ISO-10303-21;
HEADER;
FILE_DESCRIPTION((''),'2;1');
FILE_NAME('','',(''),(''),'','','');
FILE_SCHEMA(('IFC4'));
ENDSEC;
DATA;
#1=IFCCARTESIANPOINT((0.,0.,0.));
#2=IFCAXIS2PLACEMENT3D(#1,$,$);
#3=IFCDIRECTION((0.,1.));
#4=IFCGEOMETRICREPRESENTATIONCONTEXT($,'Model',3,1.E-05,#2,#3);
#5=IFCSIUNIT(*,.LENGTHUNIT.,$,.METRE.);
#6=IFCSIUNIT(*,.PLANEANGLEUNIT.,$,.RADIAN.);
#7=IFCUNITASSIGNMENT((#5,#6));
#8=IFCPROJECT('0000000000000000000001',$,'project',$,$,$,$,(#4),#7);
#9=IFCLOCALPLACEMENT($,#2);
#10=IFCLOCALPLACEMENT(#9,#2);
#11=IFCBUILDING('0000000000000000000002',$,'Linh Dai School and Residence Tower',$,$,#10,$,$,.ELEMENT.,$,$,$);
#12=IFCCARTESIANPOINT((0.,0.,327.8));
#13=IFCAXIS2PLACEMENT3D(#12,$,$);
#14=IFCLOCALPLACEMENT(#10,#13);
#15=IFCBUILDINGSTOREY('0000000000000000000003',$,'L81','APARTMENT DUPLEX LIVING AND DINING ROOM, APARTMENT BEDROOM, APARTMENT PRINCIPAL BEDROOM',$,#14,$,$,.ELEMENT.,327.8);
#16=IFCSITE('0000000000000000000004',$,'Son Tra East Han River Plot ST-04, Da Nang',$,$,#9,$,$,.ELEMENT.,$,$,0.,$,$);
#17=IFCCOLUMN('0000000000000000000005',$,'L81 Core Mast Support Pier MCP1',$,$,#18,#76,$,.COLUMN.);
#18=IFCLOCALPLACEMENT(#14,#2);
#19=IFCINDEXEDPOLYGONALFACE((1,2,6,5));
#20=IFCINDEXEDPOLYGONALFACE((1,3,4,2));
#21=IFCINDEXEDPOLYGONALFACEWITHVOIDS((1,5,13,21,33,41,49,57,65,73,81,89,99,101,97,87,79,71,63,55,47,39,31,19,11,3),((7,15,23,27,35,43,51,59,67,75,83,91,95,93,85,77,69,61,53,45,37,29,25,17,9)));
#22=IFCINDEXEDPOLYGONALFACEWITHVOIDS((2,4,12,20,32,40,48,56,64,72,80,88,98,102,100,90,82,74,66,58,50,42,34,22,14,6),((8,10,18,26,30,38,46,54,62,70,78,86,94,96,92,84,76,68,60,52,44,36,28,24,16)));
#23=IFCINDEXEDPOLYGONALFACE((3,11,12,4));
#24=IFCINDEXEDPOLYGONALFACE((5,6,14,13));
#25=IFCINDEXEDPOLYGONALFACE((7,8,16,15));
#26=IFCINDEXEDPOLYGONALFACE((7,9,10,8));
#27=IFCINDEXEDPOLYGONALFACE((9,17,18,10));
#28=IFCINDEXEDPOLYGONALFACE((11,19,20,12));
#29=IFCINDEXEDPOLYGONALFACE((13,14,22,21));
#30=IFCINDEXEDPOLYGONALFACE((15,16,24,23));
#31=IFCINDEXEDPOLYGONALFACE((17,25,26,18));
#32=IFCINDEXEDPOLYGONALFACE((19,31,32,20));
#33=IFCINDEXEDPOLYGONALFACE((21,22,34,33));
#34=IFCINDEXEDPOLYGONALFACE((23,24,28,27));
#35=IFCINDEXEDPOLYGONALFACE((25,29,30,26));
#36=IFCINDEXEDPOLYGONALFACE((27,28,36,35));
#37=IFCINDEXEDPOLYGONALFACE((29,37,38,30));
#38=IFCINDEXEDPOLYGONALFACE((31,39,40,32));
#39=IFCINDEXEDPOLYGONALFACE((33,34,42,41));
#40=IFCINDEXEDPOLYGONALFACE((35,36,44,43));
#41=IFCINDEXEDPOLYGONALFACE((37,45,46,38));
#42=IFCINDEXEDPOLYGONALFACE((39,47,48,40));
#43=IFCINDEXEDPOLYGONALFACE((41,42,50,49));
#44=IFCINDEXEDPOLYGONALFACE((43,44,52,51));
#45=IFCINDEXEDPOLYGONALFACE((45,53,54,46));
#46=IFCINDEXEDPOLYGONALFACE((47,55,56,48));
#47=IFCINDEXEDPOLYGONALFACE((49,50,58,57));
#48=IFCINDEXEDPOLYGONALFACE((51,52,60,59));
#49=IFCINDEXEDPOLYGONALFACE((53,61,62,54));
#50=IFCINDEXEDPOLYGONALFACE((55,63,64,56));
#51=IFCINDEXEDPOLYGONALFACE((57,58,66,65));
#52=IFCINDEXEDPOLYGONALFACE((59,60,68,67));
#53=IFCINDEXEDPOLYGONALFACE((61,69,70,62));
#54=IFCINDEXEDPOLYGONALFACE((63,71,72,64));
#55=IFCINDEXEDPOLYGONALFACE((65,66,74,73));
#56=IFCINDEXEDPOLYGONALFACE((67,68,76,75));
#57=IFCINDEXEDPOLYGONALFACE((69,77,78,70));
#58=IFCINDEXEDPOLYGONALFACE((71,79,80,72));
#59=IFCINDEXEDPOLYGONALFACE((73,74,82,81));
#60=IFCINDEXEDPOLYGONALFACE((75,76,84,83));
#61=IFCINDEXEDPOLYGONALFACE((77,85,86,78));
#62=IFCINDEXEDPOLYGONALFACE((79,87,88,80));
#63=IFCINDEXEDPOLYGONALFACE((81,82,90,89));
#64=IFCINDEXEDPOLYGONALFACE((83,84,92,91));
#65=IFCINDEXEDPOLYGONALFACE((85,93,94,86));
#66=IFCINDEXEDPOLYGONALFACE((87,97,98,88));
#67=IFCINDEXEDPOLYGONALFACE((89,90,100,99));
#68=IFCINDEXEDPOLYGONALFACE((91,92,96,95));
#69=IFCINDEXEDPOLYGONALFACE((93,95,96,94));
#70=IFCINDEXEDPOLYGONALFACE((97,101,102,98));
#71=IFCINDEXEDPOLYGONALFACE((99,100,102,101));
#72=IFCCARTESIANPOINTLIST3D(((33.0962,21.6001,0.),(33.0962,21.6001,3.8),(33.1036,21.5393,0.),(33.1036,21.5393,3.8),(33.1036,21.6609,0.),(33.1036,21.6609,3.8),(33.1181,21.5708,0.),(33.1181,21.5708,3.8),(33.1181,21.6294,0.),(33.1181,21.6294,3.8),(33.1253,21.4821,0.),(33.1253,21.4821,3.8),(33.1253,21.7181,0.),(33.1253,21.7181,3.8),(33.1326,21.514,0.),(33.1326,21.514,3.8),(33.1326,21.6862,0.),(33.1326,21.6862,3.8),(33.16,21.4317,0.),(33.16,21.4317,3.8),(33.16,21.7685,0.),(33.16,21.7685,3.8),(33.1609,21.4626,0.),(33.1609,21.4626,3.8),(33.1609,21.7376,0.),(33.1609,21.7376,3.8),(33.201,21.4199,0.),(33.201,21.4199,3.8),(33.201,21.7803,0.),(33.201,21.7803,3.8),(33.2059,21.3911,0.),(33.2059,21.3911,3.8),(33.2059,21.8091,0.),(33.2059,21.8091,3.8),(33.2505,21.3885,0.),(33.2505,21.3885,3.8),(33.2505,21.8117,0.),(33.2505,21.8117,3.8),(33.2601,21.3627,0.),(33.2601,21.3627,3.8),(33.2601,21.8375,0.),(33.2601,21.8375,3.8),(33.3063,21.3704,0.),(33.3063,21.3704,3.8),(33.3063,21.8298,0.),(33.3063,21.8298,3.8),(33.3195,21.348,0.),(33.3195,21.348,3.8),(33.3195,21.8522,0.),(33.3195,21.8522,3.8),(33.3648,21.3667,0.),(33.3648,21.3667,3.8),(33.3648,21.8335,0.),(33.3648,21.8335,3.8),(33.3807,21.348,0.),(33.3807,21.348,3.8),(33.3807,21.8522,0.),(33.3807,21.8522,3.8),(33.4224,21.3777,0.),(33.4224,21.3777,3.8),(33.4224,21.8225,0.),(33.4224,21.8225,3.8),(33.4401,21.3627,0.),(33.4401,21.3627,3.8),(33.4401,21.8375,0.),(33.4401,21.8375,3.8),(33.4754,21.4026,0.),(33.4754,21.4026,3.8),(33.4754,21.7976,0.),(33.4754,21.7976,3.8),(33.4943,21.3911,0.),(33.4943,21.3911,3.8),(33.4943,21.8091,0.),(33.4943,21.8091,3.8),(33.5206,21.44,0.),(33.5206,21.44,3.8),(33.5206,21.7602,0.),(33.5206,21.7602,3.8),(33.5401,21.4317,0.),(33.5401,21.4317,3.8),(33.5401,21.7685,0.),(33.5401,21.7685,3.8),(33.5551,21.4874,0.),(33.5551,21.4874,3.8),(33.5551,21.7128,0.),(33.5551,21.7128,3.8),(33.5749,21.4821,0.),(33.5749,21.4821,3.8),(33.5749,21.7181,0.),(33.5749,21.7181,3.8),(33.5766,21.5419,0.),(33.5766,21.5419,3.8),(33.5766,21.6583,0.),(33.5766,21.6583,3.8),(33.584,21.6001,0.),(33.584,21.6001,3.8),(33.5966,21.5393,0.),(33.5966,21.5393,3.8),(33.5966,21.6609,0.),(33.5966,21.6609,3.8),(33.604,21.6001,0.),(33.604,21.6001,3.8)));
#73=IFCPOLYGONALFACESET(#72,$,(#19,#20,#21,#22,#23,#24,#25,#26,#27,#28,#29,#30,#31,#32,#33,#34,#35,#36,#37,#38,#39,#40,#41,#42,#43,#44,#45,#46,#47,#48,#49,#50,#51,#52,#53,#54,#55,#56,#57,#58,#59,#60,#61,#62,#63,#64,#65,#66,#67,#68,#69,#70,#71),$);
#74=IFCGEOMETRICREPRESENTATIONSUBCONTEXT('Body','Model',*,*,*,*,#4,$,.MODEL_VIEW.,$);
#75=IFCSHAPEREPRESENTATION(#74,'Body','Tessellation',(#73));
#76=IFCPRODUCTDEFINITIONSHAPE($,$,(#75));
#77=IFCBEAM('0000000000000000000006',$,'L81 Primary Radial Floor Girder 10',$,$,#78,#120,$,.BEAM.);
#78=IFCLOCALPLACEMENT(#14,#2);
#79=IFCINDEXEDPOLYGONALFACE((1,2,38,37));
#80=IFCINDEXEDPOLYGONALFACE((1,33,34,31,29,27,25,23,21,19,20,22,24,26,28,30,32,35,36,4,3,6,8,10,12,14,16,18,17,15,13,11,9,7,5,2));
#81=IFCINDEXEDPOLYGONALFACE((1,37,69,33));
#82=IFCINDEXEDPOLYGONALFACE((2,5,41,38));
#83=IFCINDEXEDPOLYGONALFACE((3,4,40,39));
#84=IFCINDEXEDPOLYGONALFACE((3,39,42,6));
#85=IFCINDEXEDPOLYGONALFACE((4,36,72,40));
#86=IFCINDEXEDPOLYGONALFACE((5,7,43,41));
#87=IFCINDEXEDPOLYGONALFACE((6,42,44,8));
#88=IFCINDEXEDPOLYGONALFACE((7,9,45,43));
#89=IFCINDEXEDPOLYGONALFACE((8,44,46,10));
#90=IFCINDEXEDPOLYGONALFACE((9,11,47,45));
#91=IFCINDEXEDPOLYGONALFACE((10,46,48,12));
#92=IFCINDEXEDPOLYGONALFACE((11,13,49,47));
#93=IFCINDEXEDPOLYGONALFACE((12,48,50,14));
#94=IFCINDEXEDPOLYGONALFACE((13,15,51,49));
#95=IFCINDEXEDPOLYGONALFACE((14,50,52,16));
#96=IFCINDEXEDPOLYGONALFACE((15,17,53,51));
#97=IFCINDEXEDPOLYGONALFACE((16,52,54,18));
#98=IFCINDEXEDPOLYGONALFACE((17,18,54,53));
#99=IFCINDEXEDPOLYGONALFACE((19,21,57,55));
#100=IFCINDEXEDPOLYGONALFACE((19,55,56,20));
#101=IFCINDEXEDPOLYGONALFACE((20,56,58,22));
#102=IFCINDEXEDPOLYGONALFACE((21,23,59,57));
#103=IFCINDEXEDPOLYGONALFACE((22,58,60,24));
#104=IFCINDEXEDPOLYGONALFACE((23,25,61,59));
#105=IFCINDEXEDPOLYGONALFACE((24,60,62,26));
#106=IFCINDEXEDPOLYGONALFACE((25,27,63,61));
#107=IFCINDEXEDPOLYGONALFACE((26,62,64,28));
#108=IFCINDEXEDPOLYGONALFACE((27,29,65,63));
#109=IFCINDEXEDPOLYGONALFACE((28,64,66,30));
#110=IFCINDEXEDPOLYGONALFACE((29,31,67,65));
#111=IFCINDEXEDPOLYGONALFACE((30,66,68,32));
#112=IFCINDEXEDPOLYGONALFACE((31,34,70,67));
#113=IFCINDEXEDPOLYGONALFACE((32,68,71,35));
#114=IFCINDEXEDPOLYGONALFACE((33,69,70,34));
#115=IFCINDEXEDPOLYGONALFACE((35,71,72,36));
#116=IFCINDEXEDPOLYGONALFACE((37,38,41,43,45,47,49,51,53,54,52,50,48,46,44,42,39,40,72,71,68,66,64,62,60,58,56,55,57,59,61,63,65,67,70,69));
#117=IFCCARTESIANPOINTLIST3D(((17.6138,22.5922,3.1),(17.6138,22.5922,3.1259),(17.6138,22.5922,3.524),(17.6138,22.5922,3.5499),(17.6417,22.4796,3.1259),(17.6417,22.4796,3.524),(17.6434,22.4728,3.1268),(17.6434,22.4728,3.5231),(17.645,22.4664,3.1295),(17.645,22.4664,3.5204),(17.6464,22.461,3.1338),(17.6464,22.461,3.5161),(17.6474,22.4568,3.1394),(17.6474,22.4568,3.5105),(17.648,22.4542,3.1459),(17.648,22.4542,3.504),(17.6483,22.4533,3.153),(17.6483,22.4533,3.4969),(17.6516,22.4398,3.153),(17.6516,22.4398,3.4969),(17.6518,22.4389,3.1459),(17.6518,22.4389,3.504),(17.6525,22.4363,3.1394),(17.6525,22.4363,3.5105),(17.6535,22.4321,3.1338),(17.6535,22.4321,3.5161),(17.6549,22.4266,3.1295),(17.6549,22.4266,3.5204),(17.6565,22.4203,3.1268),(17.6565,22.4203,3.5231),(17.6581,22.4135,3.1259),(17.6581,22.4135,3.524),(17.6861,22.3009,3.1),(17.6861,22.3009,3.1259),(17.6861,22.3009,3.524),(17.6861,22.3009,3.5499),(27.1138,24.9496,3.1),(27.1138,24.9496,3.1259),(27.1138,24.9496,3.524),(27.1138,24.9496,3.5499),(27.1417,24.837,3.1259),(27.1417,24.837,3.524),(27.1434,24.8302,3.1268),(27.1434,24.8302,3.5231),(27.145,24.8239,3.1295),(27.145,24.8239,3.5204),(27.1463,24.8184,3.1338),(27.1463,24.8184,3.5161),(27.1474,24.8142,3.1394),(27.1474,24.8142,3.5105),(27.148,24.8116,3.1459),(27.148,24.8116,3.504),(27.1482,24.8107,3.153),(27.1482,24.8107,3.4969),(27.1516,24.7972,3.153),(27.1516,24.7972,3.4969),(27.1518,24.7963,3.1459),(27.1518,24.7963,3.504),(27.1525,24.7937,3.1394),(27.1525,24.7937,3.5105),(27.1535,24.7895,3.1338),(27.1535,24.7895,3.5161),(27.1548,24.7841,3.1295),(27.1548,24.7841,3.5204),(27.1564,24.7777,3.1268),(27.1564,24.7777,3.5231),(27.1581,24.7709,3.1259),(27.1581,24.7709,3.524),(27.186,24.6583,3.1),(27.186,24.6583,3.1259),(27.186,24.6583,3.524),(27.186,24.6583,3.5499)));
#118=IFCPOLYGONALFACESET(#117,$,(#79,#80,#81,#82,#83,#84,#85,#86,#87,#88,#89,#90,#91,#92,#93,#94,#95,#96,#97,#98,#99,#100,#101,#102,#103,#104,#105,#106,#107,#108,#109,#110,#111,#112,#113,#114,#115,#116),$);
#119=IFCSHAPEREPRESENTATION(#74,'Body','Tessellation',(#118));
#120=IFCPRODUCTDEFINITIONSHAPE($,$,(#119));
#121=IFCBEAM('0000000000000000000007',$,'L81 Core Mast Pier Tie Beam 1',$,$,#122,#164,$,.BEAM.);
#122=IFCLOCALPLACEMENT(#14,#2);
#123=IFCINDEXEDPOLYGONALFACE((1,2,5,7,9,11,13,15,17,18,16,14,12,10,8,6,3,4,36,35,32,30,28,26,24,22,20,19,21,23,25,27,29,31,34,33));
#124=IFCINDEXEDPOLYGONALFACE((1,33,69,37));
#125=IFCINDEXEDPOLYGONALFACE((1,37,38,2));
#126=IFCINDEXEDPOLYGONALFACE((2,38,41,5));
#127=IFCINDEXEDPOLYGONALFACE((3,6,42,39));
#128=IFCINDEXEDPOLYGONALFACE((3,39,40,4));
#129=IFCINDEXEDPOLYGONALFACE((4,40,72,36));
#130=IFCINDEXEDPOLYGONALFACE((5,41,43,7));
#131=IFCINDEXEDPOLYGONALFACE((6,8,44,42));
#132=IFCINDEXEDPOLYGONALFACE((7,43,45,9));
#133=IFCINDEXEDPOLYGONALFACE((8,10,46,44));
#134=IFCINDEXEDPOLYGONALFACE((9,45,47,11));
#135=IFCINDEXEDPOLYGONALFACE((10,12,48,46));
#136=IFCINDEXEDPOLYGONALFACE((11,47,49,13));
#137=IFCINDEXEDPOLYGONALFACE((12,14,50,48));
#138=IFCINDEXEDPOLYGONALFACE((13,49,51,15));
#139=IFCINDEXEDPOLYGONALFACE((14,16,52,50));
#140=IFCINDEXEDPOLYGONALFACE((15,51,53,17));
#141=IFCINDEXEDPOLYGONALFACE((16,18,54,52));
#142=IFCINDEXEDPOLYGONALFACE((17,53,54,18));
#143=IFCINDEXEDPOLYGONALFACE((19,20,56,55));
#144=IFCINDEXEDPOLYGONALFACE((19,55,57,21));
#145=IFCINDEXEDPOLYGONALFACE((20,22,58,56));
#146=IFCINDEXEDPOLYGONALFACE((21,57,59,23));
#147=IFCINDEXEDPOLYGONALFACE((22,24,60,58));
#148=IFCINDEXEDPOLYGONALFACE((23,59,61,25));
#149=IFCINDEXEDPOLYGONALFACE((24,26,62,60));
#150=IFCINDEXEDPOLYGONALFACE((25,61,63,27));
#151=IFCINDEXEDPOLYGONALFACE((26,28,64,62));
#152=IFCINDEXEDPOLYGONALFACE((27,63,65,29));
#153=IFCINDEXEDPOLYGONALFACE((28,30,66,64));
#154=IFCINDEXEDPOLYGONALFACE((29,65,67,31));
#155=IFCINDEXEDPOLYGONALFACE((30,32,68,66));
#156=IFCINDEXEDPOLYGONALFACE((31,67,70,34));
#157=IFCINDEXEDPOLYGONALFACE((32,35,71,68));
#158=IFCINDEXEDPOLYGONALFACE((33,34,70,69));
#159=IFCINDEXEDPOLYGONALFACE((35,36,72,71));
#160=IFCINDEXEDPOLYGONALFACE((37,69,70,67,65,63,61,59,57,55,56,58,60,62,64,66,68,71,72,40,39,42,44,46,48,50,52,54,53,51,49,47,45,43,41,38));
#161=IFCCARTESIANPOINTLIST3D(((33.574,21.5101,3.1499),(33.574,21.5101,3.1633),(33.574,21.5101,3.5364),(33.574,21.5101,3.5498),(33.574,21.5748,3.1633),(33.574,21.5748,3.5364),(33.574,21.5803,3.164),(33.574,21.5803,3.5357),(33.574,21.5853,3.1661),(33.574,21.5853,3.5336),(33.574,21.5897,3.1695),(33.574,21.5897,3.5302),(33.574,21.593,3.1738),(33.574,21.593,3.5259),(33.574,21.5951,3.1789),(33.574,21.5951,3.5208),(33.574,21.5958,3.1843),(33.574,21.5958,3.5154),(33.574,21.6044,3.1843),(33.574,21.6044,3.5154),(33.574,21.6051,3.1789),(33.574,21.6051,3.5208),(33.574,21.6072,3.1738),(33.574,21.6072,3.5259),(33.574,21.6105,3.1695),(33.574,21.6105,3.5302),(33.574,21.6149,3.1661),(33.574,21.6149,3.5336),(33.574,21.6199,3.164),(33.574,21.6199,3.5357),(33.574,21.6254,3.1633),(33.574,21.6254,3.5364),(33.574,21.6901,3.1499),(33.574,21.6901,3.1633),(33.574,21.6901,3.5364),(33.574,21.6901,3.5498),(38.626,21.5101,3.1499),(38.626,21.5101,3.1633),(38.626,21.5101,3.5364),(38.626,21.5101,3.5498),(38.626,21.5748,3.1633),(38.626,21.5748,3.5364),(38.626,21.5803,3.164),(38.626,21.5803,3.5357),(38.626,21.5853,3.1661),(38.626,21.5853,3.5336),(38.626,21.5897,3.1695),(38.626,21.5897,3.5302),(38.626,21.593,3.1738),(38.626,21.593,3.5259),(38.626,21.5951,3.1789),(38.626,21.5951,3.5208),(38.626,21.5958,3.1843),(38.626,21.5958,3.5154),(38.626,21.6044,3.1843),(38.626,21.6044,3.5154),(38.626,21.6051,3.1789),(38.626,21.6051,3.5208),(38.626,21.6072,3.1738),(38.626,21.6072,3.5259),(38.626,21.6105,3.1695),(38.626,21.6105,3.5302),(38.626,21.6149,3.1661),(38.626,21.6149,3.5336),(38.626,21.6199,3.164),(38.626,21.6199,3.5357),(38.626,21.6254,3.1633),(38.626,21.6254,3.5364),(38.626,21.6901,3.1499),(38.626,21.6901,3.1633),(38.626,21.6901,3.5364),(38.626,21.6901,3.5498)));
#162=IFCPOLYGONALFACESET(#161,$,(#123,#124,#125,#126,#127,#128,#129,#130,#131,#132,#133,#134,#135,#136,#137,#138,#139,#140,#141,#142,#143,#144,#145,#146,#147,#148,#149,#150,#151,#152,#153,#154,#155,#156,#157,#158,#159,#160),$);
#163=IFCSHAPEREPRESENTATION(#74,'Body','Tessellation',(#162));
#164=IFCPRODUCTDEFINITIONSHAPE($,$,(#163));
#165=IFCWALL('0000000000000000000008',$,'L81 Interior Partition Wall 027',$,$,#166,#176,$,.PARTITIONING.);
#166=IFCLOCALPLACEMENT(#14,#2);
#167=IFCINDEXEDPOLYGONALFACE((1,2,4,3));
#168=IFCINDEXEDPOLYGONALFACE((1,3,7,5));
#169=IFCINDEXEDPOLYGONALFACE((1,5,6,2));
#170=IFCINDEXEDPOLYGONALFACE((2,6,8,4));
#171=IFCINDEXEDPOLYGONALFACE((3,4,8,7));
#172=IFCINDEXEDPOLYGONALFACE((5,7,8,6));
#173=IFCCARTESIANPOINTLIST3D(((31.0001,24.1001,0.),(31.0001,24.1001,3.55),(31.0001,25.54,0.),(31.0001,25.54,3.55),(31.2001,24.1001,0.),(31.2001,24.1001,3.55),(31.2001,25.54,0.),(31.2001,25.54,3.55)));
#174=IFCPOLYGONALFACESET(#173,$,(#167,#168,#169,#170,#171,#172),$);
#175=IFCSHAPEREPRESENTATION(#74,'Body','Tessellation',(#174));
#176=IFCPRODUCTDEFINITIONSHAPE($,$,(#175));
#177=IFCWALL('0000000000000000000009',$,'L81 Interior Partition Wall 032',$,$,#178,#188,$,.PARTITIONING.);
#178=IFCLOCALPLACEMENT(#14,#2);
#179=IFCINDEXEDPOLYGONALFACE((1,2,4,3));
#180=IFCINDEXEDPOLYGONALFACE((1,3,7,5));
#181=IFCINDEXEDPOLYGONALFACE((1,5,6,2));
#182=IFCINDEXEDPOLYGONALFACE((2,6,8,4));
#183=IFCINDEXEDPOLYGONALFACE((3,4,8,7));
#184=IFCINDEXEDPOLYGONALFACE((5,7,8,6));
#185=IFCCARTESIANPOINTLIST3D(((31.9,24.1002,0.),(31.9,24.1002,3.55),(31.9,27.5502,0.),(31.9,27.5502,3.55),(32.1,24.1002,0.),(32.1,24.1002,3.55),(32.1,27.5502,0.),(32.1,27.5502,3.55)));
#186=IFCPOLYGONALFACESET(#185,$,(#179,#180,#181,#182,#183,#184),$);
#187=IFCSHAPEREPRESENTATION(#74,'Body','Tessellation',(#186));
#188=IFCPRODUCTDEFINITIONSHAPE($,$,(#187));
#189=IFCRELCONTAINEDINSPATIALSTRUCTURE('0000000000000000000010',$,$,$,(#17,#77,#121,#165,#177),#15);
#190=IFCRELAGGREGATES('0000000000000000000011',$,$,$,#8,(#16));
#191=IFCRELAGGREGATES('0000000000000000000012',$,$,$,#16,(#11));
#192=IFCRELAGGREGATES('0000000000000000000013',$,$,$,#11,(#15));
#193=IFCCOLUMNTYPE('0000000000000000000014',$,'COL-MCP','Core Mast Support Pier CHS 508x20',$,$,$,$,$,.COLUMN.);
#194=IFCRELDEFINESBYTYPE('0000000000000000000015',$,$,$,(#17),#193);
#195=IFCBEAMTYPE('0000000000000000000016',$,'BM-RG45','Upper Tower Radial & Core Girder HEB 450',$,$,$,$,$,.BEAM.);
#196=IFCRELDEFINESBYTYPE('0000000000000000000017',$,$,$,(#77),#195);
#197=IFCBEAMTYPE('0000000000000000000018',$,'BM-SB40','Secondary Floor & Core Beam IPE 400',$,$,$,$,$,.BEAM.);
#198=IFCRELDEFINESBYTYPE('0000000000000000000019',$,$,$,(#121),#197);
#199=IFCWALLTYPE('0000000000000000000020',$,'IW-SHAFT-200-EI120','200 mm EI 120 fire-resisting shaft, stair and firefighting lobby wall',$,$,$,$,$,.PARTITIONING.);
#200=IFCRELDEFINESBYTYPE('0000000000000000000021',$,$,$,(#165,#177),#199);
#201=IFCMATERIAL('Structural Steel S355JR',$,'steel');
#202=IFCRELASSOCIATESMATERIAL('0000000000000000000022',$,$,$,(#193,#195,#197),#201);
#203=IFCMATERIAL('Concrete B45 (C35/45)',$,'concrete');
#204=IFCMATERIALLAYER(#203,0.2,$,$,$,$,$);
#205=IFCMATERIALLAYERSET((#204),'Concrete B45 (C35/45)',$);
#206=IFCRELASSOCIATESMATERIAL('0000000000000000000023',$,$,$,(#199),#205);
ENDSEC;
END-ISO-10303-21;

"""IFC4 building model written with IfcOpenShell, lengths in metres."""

from ifc_helpers import new_model, si_unit, direction, frame, frame_2d, origin, origin_2d, place, context, subcontext, project, spatial, rectangle, hollow_circle, i_section, extrude, material, layer, layer_set, material_profile, profile_set, type_object, element, save


model = new_model("IFC4")

# Units and contexts
model_context = context("Model", 3, precision=1e-05, world=origin(), true_north=direction((0.0, 1.0)))
body_context = subcontext(model_context, "Body", "Model", "MODEL_VIEW")
ifc_project = project(units=[si_unit("LENGTHUNIT", "METRE"), si_unit("PLANEANGLEUNIT", "RADIAN")], contexts=[model_context])

# Site, building, storey
site_placement = place(None, origin())
site = spatial("IfcSite", under=ifc_project, at=site_placement, Name="Son Tra East Han River Plot ST-04, Da Nang", CompositionType="ELEMENT", RefElevation=0.0)
building_placement = place(site_placement, origin())
building = spatial("IfcBuilding", under=site, at=building_placement, Name="Linh Dai School and Residence Tower", CompositionType="ELEMENT")
storey_placement = place(building_placement, frame((0.0, 0.0, 327.8)))
storey = spatial("IfcBuildingStorey", under=building, at=storey_placement, Name="L81", Description="APARTMENT DUPLEX LIVING AND DINING ROOM, APARTMENT BEDROOM, APARTMENT PRINCIPAL BEDROOM", CompositionType="ELEMENT", Elevation=327.8)

# Column
ifc_material_1 = material(Name="Structural Steel S355JR", Category="steel")
ifc_material_profile_1 = material_profile(ifc_material_1, hollow_circle(Radius=0.2539, WallThickness=0.02, at=origin_2d()), Name="CHS 508x20")
ifc_profile_set_1 = profile_set([ifc_material_profile_1], Name="Structural Steel S355JR")
column_type = type_object("IfcColumnType", Name="COL-MCP", Description="Core Mast Support Pier CHS 508x20", PredefinedType="COLUMN", material=ifc_profile_set_1)
column_placement = place(storey_placement, frame((33.3501, 21.6001, 0.0), z_axis=(0.0, 0.0, 1.0), x_axis=(1.0, 0.0, 0.0)))
element("IfcColumn", 1, at=column_placement, inside=storey, type_object=column_type, Name="L81 Core Mast Support Pier MCP1", PredefinedType="COLUMN", context=body_context, shape_type="SweptSolid", body=[
    extrude(hollow_circle(Radius=0.2539, WallThickness=0.02, at=origin_2d()), origin(), (0.0, 0.0, 1.0), 3.8),
])

# Beams
ifc_material_profile_2 = material_profile(ifc_material_1, i_section(OverallWidth=0.3, OverallDepth=0.45, WebThickness=0.0139, FlangeThickness=0.0259, FilletRadius=0.0271, at=origin_2d()), Name="HEB 450")
ifc_profile_set_2 = profile_set([ifc_material_profile_2], Name="Structural Steel S355JR")
beam_type_1 = type_object("IfcBeamType", Name="BM-RG45", Description="Upper Tower Radial & Core Girder HEB 450", PredefinedType="BEAM", material=ifc_profile_set_2)
beam_1_placement = place(storey_placement, frame((27.1499, 24.804, 3.325), z_axis=(-0.970564, -0.240845, 0.0), x_axis=(0.240845, -0.970564, 0.0)))
element("IfcBeam", 2, at=beam_1_placement, inside=storey, type_object=beam_type_1, Name="L81 Primary Radial Floor Girder 10", PredefinedType="BEAM", context=body_context, shape_type="SweptSolid", body=[
    extrude(i_section(OverallWidth=0.3, OverallDepth=0.45, WebThickness=0.0139, FlangeThickness=0.0259, FilletRadius=0.0271, at=origin_2d()), origin(), (0.0, 0.0, 1.0), 9.7881),
])
ifc_material_profile_3 = material_profile(ifc_material_1, i_section(OverallWidth=0.1799, OverallDepth=0.3999, WebThickness=0.0085, FlangeThickness=0.0134, FilletRadius=0.021, at=origin_2d()), Name="IPE 400")
ifc_profile_set_3 = profile_set([ifc_material_profile_3], Name="Structural Steel S355JR")
beam_type_2 = type_object("IfcBeamType", Name="BM-SB40", Description="Secondary Floor & Core Beam IPE 400", PredefinedType="BEAM", material=ifc_profile_set_3)
beam_2_placement = place(storey_placement, frame((33.574, 21.6001, 3.3499), z_axis=(1.0, 0.0, 0.0), x_axis=(0.0, 1.0, 0.0)))
element("IfcBeam", 3, at=beam_2_placement, inside=storey, type_object=beam_type_2, Name="L81 Core Mast Pier Tie Beam 1", PredefinedType="BEAM", context=body_context, shape_type="SweptSolid", body=[
    extrude(i_section(OverallWidth=0.1799, OverallDepth=0.3999, WebThickness=0.0085, FlangeThickness=0.0134, FilletRadius=0.021, at=origin_2d()), origin(), (0.0, 0.0, 1.0), 5.052),
])

# Shared definitions
ifc_material_2 = material(Name="Concrete B45 (C35/45)", Category="concrete")
ifc_layer_1 = layer(ifc_material_2, 0.2)
ifc_layer_set_1 = layer_set([ifc_layer_1], Name="Concrete B45 (C35/45)")
wall_type_1 = type_object("IfcWallType", Name="IW-SHAFT-200-EI120", Description="200 mm EI 120 fire-resisting shaft, stair and firefighting lobby wall", PredefinedType="PARTITIONING", material=ifc_layer_set_1)

# Walls
wall_1_placement = place(storey_placement, frame((31.1001, 24.1001, 0.0), z_axis=(0.0, 0.0, 1.0), x_axis=(0.0, 1.0, 0.0)))
element("IfcWall", 4, at=wall_1_placement, inside=storey, type_object=wall_type_1, Name="L81 Interior Partition Wall 027", PredefinedType="PARTITIONING", context=body_context, shape_type="SweptSolid", body=[
    extrude(rectangle(XDim=1.4399, YDim=0.2, at=frame_2d((0.72, 0.0))), origin(), (0.0, 0.0, 1.0), 3.55),
])
wall_2_placement = place(storey_placement, frame((32.0, 24.1001, 0.0), z_axis=(0.0, 0.0, 1.0), x_axis=(0.0, 1.0, 0.0)))
element("IfcWall", 5, at=wall_2_placement, inside=storey, type_object=wall_type_1, Name="L81 Interior Partition Wall 032", PredefinedType="PARTITIONING", context=body_context, shape_type="SweptSolid", body=[
    extrude(rectangle(XDim=3.45, YDim=0.2, at=frame_2d((1.7251, 0.0))), origin(), (0.0, 0.0, 1.0), 3.55),
])

save(model, "model.ifc")
